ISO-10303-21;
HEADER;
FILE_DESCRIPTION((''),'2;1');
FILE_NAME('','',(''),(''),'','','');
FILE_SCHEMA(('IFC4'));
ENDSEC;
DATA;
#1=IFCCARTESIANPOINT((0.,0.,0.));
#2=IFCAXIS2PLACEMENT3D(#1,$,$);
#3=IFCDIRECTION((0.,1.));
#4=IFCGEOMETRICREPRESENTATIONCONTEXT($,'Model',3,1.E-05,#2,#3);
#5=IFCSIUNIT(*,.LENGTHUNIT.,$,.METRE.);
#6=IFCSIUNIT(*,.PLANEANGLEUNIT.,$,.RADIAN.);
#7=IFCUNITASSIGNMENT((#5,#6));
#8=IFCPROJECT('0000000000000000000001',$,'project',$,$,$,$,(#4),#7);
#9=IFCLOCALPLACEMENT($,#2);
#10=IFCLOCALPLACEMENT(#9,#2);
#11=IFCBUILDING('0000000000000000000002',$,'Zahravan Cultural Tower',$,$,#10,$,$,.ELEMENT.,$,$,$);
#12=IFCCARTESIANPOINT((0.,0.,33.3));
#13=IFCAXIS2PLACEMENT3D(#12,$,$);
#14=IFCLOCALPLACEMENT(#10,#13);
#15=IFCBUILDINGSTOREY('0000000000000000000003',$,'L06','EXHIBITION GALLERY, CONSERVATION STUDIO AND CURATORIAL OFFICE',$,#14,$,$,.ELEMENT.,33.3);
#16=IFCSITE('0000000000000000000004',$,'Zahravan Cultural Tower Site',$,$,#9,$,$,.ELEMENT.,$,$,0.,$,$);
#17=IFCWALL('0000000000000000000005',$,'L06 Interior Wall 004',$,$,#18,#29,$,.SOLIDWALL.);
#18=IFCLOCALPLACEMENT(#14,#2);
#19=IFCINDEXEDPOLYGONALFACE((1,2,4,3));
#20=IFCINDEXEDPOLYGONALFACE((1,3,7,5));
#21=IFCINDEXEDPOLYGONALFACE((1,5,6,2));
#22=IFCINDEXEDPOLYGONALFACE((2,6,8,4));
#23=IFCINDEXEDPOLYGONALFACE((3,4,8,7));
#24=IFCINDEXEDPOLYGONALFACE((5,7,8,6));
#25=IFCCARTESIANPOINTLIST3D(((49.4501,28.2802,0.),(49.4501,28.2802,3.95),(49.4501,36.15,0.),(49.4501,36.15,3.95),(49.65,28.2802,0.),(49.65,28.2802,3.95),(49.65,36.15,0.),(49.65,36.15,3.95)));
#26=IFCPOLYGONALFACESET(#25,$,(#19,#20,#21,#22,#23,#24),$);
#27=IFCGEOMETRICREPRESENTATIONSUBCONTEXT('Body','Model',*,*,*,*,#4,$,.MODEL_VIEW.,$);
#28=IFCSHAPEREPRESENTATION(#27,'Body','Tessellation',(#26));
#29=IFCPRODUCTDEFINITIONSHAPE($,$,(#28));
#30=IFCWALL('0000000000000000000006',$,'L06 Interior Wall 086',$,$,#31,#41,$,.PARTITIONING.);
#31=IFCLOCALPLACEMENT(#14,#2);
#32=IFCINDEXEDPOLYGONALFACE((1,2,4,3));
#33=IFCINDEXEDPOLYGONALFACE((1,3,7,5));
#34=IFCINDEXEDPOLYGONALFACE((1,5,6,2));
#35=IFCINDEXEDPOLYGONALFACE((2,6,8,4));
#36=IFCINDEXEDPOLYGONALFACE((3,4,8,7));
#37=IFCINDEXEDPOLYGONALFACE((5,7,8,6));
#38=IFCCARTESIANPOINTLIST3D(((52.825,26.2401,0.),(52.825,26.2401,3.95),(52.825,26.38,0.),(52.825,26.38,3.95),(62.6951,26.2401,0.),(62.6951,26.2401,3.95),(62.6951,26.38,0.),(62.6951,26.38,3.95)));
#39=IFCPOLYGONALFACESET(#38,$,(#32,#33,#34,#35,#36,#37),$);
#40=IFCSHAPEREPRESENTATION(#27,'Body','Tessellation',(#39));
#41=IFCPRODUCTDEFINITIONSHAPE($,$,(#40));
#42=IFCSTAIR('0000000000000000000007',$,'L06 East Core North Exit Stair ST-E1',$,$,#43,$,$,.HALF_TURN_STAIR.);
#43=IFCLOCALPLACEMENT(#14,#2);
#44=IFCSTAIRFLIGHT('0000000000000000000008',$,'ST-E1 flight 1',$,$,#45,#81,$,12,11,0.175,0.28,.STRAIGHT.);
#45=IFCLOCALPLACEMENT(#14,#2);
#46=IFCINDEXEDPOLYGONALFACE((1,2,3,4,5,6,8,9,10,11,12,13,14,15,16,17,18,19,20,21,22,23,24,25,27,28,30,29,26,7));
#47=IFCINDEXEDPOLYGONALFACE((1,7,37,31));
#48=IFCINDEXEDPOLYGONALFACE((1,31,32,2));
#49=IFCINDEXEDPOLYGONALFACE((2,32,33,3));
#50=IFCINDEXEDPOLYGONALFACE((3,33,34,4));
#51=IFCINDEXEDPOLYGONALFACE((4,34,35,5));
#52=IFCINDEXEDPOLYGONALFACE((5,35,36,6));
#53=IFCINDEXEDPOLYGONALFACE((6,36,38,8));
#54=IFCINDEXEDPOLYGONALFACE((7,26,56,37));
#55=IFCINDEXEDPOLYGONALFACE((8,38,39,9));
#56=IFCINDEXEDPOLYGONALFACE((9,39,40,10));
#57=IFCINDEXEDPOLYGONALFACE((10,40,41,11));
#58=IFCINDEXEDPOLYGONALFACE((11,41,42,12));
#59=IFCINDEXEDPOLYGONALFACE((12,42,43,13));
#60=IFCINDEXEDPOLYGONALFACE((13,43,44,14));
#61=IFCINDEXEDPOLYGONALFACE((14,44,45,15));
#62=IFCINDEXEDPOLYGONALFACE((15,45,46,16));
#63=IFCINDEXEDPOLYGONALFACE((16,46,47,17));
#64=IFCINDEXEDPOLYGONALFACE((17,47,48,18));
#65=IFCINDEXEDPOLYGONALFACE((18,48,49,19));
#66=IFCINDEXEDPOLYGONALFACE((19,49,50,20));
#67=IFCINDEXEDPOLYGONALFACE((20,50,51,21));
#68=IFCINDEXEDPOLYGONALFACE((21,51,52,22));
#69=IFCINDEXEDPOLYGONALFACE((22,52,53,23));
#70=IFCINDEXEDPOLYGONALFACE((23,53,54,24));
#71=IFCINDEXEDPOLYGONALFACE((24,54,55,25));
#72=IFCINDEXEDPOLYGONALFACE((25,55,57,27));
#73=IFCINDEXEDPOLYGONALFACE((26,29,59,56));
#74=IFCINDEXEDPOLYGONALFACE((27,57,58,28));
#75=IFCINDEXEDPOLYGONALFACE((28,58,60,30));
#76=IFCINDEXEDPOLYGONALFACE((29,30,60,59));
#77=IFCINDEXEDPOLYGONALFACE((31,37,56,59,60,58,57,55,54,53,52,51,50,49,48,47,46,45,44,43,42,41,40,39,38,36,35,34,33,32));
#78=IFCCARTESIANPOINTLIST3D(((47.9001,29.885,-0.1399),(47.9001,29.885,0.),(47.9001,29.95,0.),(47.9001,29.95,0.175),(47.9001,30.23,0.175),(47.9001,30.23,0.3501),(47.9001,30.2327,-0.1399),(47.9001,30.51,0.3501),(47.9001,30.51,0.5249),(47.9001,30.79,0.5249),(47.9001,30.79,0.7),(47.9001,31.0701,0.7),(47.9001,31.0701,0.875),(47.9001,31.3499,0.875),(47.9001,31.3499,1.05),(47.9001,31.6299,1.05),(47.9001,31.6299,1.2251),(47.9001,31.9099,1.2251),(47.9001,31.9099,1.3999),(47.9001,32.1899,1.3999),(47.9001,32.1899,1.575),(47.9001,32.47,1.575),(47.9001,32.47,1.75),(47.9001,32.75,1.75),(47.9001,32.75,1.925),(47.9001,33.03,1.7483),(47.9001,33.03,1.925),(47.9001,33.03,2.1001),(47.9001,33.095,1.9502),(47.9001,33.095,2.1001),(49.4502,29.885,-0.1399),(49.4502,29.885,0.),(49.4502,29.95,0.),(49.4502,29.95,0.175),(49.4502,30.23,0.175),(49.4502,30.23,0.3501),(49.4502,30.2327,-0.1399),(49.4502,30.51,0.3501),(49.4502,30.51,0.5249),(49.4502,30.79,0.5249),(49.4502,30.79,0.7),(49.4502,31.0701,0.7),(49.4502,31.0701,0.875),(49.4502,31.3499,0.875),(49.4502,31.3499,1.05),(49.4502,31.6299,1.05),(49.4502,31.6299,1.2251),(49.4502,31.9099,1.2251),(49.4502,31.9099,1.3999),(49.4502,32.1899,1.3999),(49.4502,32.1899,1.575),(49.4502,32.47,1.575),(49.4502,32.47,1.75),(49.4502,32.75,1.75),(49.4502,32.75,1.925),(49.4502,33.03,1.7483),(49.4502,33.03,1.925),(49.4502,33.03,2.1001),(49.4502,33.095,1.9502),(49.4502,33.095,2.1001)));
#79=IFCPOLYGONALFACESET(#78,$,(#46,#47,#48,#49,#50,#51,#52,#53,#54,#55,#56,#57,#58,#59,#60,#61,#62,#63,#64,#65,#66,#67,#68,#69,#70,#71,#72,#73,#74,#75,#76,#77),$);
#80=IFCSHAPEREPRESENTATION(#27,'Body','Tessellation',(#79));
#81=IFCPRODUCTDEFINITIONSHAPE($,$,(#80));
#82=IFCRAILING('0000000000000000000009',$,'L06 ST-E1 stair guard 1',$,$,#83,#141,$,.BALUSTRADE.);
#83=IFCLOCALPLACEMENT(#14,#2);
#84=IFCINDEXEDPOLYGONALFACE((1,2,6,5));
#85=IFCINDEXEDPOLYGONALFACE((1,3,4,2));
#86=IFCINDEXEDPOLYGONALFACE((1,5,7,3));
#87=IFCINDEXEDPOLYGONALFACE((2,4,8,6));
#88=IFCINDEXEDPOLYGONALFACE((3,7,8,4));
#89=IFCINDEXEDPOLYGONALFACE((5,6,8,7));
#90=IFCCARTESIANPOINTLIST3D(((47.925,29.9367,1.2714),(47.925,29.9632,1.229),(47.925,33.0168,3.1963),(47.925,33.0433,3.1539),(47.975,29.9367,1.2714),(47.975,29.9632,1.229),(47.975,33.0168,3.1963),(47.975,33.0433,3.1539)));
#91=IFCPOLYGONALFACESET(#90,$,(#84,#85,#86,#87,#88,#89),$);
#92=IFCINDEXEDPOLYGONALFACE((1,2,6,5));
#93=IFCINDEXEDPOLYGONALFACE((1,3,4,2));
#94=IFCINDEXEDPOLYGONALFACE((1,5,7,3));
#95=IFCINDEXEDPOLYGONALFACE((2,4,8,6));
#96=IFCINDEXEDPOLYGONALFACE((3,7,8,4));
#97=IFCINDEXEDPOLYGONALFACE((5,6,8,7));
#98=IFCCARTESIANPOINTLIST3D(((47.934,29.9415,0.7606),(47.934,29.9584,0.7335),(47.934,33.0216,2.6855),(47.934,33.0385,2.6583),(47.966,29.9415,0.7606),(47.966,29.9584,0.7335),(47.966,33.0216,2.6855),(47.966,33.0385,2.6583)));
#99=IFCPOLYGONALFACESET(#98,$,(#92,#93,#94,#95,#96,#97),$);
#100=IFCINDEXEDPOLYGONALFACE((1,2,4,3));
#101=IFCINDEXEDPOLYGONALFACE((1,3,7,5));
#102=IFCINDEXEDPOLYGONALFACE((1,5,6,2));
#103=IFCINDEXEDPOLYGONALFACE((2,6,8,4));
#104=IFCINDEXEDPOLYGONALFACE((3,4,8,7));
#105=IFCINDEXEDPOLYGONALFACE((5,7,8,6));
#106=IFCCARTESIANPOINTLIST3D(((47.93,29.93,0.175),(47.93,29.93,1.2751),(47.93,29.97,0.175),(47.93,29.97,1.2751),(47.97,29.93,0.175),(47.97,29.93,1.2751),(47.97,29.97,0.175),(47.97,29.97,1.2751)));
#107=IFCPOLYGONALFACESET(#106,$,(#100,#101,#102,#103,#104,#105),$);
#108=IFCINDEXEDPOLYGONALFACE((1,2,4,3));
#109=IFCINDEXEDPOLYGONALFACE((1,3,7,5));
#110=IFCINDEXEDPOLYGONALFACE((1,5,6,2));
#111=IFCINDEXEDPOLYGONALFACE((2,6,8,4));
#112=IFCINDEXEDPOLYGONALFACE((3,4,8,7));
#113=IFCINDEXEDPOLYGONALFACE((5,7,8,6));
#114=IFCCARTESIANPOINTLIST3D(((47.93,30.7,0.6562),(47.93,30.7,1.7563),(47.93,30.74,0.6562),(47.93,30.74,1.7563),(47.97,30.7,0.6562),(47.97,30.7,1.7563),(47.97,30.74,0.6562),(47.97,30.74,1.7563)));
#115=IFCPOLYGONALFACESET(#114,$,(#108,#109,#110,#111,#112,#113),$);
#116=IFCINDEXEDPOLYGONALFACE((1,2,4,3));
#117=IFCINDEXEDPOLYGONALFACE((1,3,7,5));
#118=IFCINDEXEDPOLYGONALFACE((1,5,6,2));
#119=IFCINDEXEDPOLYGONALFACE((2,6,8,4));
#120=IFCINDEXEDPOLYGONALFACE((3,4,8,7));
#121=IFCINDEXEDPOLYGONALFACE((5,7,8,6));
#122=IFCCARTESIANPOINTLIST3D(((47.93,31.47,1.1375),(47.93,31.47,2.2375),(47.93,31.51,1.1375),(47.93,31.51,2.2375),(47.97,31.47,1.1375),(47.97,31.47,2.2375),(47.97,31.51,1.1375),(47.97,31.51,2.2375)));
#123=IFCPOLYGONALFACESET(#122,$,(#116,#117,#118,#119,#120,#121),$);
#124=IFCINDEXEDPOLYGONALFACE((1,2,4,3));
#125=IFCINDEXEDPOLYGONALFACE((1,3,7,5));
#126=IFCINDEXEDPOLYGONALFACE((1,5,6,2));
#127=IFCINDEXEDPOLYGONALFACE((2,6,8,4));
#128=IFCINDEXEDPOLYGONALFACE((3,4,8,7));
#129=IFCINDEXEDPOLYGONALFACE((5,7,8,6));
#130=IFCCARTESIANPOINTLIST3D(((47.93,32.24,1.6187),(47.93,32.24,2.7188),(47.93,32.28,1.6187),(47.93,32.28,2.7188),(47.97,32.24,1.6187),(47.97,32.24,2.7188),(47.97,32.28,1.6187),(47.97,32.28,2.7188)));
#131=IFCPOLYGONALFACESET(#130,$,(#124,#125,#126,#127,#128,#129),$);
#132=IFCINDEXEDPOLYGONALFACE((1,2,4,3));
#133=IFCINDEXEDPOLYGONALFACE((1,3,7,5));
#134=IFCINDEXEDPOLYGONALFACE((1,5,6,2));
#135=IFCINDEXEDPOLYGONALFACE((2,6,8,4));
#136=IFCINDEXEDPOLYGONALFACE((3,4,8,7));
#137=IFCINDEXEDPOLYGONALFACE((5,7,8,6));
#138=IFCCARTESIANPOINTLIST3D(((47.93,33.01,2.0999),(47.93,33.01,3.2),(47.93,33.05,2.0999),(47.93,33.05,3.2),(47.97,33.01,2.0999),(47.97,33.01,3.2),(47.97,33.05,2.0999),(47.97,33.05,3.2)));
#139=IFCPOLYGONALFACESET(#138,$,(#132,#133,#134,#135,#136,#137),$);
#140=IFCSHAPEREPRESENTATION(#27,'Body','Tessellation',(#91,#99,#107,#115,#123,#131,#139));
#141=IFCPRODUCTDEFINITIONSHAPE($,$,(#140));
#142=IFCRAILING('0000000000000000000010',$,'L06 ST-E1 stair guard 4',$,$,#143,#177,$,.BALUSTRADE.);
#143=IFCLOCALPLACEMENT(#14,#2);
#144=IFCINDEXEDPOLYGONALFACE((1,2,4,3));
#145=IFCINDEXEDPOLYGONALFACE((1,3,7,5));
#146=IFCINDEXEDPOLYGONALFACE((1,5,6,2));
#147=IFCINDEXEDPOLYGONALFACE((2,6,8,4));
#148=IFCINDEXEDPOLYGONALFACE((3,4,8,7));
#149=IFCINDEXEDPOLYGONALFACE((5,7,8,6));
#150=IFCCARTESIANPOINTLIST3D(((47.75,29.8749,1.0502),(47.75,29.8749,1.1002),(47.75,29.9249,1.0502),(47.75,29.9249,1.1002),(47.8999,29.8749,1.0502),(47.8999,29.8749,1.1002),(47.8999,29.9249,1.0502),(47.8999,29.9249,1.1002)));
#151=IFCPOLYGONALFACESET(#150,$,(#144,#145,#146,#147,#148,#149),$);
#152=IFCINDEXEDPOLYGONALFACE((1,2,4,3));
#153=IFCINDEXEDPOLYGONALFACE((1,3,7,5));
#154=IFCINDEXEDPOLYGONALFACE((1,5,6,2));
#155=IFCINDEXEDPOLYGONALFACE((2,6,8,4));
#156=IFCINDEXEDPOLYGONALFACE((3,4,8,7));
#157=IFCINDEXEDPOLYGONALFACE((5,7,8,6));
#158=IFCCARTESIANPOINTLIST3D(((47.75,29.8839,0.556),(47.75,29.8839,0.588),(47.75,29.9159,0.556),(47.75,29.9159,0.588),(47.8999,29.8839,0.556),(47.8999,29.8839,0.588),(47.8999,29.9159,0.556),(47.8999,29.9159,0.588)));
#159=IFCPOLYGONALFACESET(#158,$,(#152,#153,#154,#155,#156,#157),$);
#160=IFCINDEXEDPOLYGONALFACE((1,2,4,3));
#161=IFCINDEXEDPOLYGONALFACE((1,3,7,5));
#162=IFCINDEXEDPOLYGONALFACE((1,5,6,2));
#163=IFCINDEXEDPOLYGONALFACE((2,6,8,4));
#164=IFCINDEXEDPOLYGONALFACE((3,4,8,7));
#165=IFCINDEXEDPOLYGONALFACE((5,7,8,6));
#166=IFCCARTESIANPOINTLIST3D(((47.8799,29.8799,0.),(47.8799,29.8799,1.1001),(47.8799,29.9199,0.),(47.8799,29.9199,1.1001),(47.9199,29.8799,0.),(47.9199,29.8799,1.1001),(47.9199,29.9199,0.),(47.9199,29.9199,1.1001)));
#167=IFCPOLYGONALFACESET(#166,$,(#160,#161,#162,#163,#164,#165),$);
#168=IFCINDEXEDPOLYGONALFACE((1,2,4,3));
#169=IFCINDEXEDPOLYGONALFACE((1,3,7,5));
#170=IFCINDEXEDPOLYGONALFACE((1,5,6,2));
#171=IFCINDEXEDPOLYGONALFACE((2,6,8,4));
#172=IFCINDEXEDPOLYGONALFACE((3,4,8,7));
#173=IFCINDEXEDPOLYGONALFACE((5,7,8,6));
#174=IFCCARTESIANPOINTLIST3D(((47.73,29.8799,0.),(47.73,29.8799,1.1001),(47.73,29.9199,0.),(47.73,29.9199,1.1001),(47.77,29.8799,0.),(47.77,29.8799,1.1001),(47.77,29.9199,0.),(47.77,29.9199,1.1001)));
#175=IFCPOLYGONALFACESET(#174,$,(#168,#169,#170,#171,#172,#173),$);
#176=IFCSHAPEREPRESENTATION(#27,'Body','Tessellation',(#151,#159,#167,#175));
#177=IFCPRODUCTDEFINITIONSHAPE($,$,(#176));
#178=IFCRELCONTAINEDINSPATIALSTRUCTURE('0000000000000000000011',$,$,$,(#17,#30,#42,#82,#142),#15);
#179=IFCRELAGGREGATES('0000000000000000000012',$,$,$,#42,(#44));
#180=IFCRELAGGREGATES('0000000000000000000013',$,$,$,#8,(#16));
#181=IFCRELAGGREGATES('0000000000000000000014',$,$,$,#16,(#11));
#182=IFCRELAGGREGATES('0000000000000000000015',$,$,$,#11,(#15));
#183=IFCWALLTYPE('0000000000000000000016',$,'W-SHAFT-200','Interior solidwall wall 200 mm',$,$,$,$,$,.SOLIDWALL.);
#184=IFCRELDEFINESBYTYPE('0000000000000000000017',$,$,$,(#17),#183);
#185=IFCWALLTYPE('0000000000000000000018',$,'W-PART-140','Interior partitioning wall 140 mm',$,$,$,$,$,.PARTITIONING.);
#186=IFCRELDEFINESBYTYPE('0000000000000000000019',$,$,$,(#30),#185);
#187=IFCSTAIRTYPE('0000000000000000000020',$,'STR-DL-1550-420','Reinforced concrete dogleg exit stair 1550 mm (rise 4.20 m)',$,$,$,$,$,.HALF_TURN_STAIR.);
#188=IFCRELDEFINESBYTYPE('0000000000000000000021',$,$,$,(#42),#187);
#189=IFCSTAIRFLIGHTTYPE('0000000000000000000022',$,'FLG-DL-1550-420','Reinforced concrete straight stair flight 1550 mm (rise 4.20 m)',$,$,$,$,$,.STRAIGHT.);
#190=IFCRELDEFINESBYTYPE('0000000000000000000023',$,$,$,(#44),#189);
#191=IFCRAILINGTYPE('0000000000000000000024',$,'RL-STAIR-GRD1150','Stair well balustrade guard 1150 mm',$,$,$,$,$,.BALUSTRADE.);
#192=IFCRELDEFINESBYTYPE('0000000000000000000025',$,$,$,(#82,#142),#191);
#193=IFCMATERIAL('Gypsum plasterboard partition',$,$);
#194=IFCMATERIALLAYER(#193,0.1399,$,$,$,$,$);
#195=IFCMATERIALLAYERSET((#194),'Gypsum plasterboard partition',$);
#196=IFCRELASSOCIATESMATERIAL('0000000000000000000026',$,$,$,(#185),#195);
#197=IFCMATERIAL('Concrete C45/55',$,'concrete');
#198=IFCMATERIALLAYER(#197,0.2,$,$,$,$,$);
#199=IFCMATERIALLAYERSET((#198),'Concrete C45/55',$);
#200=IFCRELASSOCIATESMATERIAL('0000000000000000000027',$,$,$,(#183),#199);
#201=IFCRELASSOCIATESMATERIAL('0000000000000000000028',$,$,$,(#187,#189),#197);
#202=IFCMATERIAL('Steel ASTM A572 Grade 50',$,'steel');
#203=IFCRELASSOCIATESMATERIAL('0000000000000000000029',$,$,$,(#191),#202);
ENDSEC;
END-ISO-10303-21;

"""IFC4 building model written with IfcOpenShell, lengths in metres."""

from ifc_helpers import new_model, si_unit, direction, frame, frame_2d, origin, origin_2d, place, context, subcontext, project, spatial, polyline, rectangle, outline, extrude, source, transform, mapped, material, layer, layer_set, type_object, element, aggregate, save


model = new_model("IFC4")

# Units and contexts
model_context = context("Model", 3, precision=1e-05, world=origin(), true_north=direction((0.0, 1.0)))
body_context = subcontext(model_context, "Body", "Model", "MODEL_VIEW")
ifc_project = project(units=[si_unit("LENGTHUNIT", "METRE"), si_unit("PLANEANGLEUNIT", "RADIAN")], contexts=[model_context])

# Site, building, storey
site_placement = place(None, origin())
site = spatial("IfcSite", under=ifc_project, at=site_placement, Name="Zahravan Cultural Tower Site", CompositionType="ELEMENT", RefElevation=0.0)
building_placement = place(site_placement, origin())
building = spatial("IfcBuilding", under=site, at=building_placement, Name="Zahravan Cultural Tower", CompositionType="ELEMENT")
storey_placement = place(building_placement, frame((0.0, 0.0, 33.3)))
storey = spatial("IfcBuildingStorey", under=building, at=storey_placement, Name="L06", Description="EXHIBITION GALLERY, CONSERVATION STUDIO AND CURATORIAL OFFICE", CompositionType="ELEMENT", Elevation=33.3)

# Shared definitions
ifc_material_1 = material(Name="Steel ASTM A572 Grade 50", Category="steel")

# Shared definitions
ifc_material_2 = material(Name="Gypsum plasterboard partition")
ifc_layer_1 = layer(ifc_material_2, 0.1399)
ifc_layer_set_1 = layer_set([ifc_layer_1], Name="Gypsum plasterboard partition")
wall_type_1 = type_object("IfcWallType", Name="W-PART-140", Description="Interior partitioning wall 140 mm", PredefinedType="PARTITIONING", material=ifc_layer_set_1)

# Walls
ifc_material_3 = material(Name="Concrete C45/55", Category="concrete")
ifc_layer_2 = layer(ifc_material_3, 0.2)
ifc_layer_set_2 = layer_set([ifc_layer_2], Name="Concrete C45/55")
wall_type_2 = type_object("IfcWallType", Name="W-SHAFT-200", Description="Interior solidwall wall 200 mm", PredefinedType="SOLIDWALL", material=ifc_layer_set_2)
shared_shape_1 = source(origin(), body_context, "Body", "SweptSolid", [
    extrude(rectangle(XDim=7.8699, YDim=0.2, at=frame_2d((3.9351, 0.0))), origin(), (0.0, 0.0, 1.0), 3.95),
])
wall_1_placement = place(storey_placement, frame((49.55, 28.28, 0.0), z_axis=(0.0, 0.0, 1.0), x_axis=(0.0, 1.0, 0.0)))
element("IfcWall", 1, at=wall_1_placement, inside=storey, type_object=wall_type_2, Name="L06 Interior Wall 004", PredefinedType="SOLIDWALL", context=body_context, shape_type="MappedRepresentation", body=[
    mapped(shared_shape_1, transform((0.0, 0.0, 0.0), x_axis=(1.0, 0.0, 0.0), y_axis=(0.0, 1.0, 0.0), z_axis=(0.0, 0.0, 1.0), scale=1.0)),
])
shared_shape_2 = source(origin(), body_context, "Body", "SweptSolid", [
    extrude(rectangle(XDim=9.8701, YDim=0.1399, at=frame_2d((4.9351, 0.0))), origin(), (0.0, 0.0, 1.0), 3.95),
])
wall_2_placement = place(storey_placement, frame((52.825, 26.3101, 0.0), z_axis=(0.0, 0.0, 1.0), x_axis=(1.0, 0.0, 0.0)))
element("IfcWall", 2, at=wall_2_placement, inside=storey, type_object=wall_type_1, Name="L06 Interior Wall 086", PredefinedType="PARTITIONING", context=body_context, shape_type="MappedRepresentation", body=[
    mapped(shared_shape_2, transform((0.0, 0.0, 0.0), x_axis=(1.0, 0.0, 0.0), y_axis=(0.0, 1.0, 0.0), z_axis=(0.0, 0.0, 1.0), scale=1.0)),
])

# Stair, stair flight
stair_type = type_object("IfcStairType", Name="STR-DL-1550-420", Description="Reinforced concrete dogleg exit stair 1550 mm (rise 4.20 m)", PredefinedType="HALF_TURN_STAIR", material=ifc_material_3)
stair_placement = place(storey_placement, origin())
stair = element("IfcStair", 3, at=stair_placement, inside=storey, type_object=stair_type, Name="L06 East Core North Exit Stair ST-E1", PredefinedType="HALF_TURN_STAIR")
stair_flight_type = type_object("IfcStairFlightType", Name="FLG-DL-1550-420", Description="Reinforced concrete straight stair flight 1550 mm (rise 4.20 m)", PredefinedType="STRAIGHT", material=ifc_material_3)
stair_flight_placement = place(storey_placement, frame((48.675, 29.95, 0.0), z_axis=(0.0, 0.0, 1.0), x_axis=(0.0, 1.0, 0.0)))
stair_flight = element("IfcStairFlight", 4, at=stair_flight_placement, type_object=stair_flight_type, Name="ST-E1 flight 1", NumberOfRisers=12, NumberOfTreads=11, PredefinedType="STRAIGHT", RiserHeight=0.175, TreadLength=0.28, context=body_context, shape_type="SweptSolid", body=[
    extrude(outline(polyline([(-0.0649, -0.1399), (-0.0649, 0.0), (0.0, 0.0), (0.0, 0.175), (0.28, 0.175), (0.28, 0.3501), (0.5601, 0.3501), (0.5601, 0.5249), (0.8401, 0.5249), (0.8401, 0.7), (1.1201, 0.7), (1.1201, 0.875), (1.3999, 0.875), (1.3999, 1.05), (1.6799, 1.05), (1.6799, 1.2251), (1.96, 1.2251), (1.96, 1.3999), (2.24, 1.3999), (2.24, 1.575), (2.52, 1.575), (2.52, 1.75), (2.8, 1.75), (2.8, 1.925), (3.0801, 1.925), (3.0801, 2.1001), (3.145, 2.1001), (3.145, 1.9502), (3.0801, 1.7483), (0.2827, -0.1399), (-0.0649, -0.1399)])), frame((0.0, 0.7749, 0.0), z_axis=(0.0, -1.0, 0.0), x_axis=(1.0, 0.0, 0.0)), (0.0, 0.0, 1.0), 1.55),
])
aggregate(stair, [stair_flight])

# Railings
railing_type_1 = type_object("IfcRailingType", Name="RL-STAIR-GRD1150", Description="Stair well balustrade guard 1150 mm", PredefinedType="BALUSTRADE", material=ifc_material_1)
railing_1_placement = place(storey_placement, frame((47.95, 29.95, 0.175)))
element("IfcRailing", 5, at=railing_1_placement, inside=storey, type_object=railing_type_1, Name="L06 ST-E1 stair guard 1", PredefinedType="BALUSTRADE", context=body_context, shape_type="SweptSolid", body=[
    extrude(rectangle(XDim=0.05, YDim=0.05, at=origin_2d()), frame((0.0, 0.0, 1.0752), z_axis=(0.0, 0.848029, 0.529951), x_axis=(-1.0, 0.0, 0.0)), (0.0, 0.0, 1.0), 3.6321),
    extrude(rectangle(XDim=0.032, YDim=0.032, at=origin_2d()), frame((0.0, 0.0, 0.572), z_axis=(0.0, 0.848029, 0.529951), x_axis=(-1.0, 0.0, 0.0)), (0.0, 0.0, 1.0), 3.6321),
    extrude(rectangle(XDim=0.04, YDim=0.04, at=origin_2d()), origin(), (0.0, 0.0, 1.0), 1.1001),
    extrude(rectangle(XDim=0.04, YDim=0.04, at=origin_2d()), frame((0.0, 0.77, 0.4812)), (0.0, 0.0, 1.0), 1.1001),
    extrude(rectangle(XDim=0.04, YDim=0.04, at=origin_2d()), frame((0.0, 1.54, 0.9624)), (0.0, 0.0, 1.0), 1.1001),
    extrude(rectangle(XDim=0.04, YDim=0.04, at=origin_2d()), frame((0.0, 2.3101, 1.4436)), (0.0, 0.0, 1.0), 1.1001),
    extrude(rectangle(XDim=0.04, YDim=0.04, at=origin_2d()), frame((0.0, 3.0801, 1.9248)), (0.0, 0.0, 1.0), 1.1001),
])
railing_2_placement = place(storey_placement, frame((47.8999, 29.8999, 0.0)))
element("IfcRailing", 6, at=railing_2_placement, inside=storey, type_object=railing_type_1, Name="L06 ST-E1 stair guard 4", PredefinedType="BALUSTRADE", context=body_context, shape_type="SweptSolid", body=[
    extrude(rectangle(XDim=0.05, YDim=0.05, at=origin_2d()), frame((0.0, 0.0, 1.0752), z_axis=(-1.0, 0.0, 0.0), x_axis=(0.0, -1.0, 0.0)), (0.0, 0.0, 1.0), 0.1499),
    extrude(rectangle(XDim=0.032, YDim=0.032, at=origin_2d()), frame((0.0, 0.0, 0.572), z_axis=(-1.0, 0.0, 0.0), x_axis=(0.0, -1.0, 0.0)), (0.0, 0.0, 1.0), 0.1499),
    extrude(rectangle(XDim=0.04, YDim=0.04, at=origin_2d()), origin(), (0.0, 0.0, 1.0), 1.1001),
    extrude(rectangle(XDim=0.04, YDim=0.04, at=origin_2d()), frame((-0.1499, 0.0, 0.0)), (0.0, 0.0, 1.0), 1.1001),
])

save(model, "model.ifc")
